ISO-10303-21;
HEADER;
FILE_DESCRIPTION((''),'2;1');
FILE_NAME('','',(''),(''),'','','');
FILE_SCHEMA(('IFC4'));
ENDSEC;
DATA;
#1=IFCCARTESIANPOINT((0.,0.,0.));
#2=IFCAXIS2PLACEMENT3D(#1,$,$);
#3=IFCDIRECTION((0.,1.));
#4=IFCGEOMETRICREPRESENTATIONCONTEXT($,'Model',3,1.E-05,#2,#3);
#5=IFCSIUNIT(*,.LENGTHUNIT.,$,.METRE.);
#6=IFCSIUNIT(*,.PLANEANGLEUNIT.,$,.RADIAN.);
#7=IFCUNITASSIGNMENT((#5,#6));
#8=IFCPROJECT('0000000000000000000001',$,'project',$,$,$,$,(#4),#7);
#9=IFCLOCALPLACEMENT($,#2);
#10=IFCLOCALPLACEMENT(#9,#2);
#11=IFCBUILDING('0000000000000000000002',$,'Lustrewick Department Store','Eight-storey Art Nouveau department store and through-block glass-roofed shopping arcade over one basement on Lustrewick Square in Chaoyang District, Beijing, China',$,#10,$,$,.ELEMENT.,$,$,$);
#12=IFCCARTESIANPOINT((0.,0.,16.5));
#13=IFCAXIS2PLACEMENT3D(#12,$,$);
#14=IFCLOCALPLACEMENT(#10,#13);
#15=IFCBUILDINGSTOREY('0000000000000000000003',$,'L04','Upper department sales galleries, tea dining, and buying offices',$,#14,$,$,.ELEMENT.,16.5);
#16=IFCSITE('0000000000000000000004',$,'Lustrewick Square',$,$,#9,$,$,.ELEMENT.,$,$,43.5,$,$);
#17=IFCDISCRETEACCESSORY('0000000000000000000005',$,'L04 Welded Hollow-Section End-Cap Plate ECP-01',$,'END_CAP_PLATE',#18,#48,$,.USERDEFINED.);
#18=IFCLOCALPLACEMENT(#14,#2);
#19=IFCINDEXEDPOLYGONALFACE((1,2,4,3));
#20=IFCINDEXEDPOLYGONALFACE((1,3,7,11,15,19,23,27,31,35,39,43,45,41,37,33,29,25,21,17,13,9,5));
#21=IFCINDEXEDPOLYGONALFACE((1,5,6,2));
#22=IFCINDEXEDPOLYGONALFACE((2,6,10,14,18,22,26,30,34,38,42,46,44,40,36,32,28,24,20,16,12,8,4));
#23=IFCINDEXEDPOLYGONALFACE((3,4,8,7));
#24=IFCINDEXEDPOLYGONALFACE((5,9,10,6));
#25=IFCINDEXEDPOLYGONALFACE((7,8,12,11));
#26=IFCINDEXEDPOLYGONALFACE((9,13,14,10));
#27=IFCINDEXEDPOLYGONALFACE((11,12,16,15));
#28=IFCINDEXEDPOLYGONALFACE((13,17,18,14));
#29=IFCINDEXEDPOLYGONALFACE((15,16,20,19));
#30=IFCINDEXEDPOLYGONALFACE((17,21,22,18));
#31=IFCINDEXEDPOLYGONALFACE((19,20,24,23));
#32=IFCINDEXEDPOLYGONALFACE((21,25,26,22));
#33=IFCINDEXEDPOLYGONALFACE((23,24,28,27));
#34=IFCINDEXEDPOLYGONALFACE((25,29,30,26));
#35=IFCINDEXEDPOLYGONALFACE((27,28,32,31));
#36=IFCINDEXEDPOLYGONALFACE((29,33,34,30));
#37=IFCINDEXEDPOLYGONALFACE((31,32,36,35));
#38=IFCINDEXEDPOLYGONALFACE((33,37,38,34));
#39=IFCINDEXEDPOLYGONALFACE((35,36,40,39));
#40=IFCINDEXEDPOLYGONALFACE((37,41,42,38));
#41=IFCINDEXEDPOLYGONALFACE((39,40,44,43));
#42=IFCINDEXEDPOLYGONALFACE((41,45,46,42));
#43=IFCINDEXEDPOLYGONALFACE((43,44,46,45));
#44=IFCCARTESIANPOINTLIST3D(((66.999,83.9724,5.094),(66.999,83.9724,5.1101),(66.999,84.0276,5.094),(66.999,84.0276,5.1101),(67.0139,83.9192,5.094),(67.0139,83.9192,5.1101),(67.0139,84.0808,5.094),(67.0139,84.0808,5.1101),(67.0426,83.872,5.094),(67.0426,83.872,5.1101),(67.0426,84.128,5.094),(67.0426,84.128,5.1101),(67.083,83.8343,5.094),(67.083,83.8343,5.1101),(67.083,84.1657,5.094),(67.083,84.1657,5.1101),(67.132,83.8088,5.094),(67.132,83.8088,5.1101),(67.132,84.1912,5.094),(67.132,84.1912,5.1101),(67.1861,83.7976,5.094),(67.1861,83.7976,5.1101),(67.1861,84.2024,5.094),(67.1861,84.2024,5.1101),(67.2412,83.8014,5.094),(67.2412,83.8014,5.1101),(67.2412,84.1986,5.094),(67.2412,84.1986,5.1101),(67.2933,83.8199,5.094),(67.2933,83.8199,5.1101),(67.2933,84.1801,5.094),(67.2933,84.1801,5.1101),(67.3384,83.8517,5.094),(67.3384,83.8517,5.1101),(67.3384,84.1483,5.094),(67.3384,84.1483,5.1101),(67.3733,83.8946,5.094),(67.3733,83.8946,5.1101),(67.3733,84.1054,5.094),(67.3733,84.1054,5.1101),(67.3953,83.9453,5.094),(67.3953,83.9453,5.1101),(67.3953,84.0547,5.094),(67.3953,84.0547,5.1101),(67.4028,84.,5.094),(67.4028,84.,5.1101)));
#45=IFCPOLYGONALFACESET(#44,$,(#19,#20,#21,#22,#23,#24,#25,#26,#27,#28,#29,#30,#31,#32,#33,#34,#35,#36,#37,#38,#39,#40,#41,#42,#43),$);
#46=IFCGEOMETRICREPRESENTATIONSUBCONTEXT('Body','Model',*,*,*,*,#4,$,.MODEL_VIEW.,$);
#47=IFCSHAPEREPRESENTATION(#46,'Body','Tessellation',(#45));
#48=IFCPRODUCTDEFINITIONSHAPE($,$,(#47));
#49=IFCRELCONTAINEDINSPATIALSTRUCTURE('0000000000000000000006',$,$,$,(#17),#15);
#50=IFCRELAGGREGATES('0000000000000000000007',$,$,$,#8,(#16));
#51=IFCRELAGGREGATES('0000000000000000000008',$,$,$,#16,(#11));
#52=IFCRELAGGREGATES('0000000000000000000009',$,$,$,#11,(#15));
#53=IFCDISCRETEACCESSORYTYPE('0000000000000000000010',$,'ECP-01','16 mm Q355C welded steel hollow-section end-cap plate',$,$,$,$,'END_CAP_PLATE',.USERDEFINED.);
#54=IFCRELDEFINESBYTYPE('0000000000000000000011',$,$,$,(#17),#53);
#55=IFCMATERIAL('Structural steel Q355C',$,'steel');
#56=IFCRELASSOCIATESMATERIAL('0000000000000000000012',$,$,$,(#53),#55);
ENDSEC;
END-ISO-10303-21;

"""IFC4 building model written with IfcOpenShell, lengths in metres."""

from ifc_helpers import new_model, si_unit, direction, frame, origin, origin_2d, place, context, subcontext, project, spatial, circle, extrude, material, type_object, element, save


model = new_model("IFC4")

# Units and contexts
model_context = context("Model", 3, precision=1e-05, world=origin(), true_north=direction((0.0, 1.0)))
body_context = subcontext(model_context, "Body", "Model", "MODEL_VIEW")
ifc_project = project(units=[si_unit("LENGTHUNIT", "METRE"), si_unit("PLANEANGLEUNIT", "RADIAN")], contexts=[model_context])

# Site, building, storey
site_placement = place(None, origin())
site = spatial("IfcSite", under=ifc_project, at=site_placement, Name="Lustrewick Square", CompositionType="ELEMENT", RefElevation=43.5)
building_placement = place(site_placement, origin())
building = spatial("IfcBuilding", under=site, at=building_placement, Name="Lustrewick Department Store", Description="Eight-storey Art Nouveau department store and through-block glass-roofed shopping arcade over one basement on Lustrewick Square in Chaoyang District, Beijing, China", CompositionType="ELEMENT")
storey_placement = place(building_placement, frame((0.0, 0.0, 16.5)))
storey = spatial("IfcBuildingStorey", under=building, at=storey_placement, Name="L04", Description="Upper department sales galleries, tea dining, and buying offices", CompositionType="ELEMENT", Elevation=16.5)

# Shared definitions
ifc_material_1 = material(Name="Structural steel Q355C", Category="steel")

# Discrete accessory
discrete_accessory_type = type_object("IfcDiscreteAccessoryType", Name="ECP-01", Description="16 mm Q355C welded steel hollow-section end-cap plate", ElementType="END_CAP_PLATE", PredefinedType="USERDEFINED", material=ifc_material_1)
discrete_accessory_1_placement = place(storey_placement, frame((67.2, 84.0, 5.094), z_axis=(0.0, 0.0, 1.0), x_axis=(1.0, 0.0, 0.0)))
element("IfcDiscreteAccessory", 1, at=discrete_accessory_1_placement, inside=storey, type_object=discrete_accessory_type, Name="L04 Welded Hollow-Section End-Cap Plate ECP-01", ObjectType="END_CAP_PLATE", PredefinedType="USERDEFINED", context=body_context, shape_type="SweptSolid", body=[
    extrude(circle(Radius=0.2029, at=origin_2d()), origin(), (0.0, 0.0, 1.0), 0.0161),
])

save(model, "model.ifc")
